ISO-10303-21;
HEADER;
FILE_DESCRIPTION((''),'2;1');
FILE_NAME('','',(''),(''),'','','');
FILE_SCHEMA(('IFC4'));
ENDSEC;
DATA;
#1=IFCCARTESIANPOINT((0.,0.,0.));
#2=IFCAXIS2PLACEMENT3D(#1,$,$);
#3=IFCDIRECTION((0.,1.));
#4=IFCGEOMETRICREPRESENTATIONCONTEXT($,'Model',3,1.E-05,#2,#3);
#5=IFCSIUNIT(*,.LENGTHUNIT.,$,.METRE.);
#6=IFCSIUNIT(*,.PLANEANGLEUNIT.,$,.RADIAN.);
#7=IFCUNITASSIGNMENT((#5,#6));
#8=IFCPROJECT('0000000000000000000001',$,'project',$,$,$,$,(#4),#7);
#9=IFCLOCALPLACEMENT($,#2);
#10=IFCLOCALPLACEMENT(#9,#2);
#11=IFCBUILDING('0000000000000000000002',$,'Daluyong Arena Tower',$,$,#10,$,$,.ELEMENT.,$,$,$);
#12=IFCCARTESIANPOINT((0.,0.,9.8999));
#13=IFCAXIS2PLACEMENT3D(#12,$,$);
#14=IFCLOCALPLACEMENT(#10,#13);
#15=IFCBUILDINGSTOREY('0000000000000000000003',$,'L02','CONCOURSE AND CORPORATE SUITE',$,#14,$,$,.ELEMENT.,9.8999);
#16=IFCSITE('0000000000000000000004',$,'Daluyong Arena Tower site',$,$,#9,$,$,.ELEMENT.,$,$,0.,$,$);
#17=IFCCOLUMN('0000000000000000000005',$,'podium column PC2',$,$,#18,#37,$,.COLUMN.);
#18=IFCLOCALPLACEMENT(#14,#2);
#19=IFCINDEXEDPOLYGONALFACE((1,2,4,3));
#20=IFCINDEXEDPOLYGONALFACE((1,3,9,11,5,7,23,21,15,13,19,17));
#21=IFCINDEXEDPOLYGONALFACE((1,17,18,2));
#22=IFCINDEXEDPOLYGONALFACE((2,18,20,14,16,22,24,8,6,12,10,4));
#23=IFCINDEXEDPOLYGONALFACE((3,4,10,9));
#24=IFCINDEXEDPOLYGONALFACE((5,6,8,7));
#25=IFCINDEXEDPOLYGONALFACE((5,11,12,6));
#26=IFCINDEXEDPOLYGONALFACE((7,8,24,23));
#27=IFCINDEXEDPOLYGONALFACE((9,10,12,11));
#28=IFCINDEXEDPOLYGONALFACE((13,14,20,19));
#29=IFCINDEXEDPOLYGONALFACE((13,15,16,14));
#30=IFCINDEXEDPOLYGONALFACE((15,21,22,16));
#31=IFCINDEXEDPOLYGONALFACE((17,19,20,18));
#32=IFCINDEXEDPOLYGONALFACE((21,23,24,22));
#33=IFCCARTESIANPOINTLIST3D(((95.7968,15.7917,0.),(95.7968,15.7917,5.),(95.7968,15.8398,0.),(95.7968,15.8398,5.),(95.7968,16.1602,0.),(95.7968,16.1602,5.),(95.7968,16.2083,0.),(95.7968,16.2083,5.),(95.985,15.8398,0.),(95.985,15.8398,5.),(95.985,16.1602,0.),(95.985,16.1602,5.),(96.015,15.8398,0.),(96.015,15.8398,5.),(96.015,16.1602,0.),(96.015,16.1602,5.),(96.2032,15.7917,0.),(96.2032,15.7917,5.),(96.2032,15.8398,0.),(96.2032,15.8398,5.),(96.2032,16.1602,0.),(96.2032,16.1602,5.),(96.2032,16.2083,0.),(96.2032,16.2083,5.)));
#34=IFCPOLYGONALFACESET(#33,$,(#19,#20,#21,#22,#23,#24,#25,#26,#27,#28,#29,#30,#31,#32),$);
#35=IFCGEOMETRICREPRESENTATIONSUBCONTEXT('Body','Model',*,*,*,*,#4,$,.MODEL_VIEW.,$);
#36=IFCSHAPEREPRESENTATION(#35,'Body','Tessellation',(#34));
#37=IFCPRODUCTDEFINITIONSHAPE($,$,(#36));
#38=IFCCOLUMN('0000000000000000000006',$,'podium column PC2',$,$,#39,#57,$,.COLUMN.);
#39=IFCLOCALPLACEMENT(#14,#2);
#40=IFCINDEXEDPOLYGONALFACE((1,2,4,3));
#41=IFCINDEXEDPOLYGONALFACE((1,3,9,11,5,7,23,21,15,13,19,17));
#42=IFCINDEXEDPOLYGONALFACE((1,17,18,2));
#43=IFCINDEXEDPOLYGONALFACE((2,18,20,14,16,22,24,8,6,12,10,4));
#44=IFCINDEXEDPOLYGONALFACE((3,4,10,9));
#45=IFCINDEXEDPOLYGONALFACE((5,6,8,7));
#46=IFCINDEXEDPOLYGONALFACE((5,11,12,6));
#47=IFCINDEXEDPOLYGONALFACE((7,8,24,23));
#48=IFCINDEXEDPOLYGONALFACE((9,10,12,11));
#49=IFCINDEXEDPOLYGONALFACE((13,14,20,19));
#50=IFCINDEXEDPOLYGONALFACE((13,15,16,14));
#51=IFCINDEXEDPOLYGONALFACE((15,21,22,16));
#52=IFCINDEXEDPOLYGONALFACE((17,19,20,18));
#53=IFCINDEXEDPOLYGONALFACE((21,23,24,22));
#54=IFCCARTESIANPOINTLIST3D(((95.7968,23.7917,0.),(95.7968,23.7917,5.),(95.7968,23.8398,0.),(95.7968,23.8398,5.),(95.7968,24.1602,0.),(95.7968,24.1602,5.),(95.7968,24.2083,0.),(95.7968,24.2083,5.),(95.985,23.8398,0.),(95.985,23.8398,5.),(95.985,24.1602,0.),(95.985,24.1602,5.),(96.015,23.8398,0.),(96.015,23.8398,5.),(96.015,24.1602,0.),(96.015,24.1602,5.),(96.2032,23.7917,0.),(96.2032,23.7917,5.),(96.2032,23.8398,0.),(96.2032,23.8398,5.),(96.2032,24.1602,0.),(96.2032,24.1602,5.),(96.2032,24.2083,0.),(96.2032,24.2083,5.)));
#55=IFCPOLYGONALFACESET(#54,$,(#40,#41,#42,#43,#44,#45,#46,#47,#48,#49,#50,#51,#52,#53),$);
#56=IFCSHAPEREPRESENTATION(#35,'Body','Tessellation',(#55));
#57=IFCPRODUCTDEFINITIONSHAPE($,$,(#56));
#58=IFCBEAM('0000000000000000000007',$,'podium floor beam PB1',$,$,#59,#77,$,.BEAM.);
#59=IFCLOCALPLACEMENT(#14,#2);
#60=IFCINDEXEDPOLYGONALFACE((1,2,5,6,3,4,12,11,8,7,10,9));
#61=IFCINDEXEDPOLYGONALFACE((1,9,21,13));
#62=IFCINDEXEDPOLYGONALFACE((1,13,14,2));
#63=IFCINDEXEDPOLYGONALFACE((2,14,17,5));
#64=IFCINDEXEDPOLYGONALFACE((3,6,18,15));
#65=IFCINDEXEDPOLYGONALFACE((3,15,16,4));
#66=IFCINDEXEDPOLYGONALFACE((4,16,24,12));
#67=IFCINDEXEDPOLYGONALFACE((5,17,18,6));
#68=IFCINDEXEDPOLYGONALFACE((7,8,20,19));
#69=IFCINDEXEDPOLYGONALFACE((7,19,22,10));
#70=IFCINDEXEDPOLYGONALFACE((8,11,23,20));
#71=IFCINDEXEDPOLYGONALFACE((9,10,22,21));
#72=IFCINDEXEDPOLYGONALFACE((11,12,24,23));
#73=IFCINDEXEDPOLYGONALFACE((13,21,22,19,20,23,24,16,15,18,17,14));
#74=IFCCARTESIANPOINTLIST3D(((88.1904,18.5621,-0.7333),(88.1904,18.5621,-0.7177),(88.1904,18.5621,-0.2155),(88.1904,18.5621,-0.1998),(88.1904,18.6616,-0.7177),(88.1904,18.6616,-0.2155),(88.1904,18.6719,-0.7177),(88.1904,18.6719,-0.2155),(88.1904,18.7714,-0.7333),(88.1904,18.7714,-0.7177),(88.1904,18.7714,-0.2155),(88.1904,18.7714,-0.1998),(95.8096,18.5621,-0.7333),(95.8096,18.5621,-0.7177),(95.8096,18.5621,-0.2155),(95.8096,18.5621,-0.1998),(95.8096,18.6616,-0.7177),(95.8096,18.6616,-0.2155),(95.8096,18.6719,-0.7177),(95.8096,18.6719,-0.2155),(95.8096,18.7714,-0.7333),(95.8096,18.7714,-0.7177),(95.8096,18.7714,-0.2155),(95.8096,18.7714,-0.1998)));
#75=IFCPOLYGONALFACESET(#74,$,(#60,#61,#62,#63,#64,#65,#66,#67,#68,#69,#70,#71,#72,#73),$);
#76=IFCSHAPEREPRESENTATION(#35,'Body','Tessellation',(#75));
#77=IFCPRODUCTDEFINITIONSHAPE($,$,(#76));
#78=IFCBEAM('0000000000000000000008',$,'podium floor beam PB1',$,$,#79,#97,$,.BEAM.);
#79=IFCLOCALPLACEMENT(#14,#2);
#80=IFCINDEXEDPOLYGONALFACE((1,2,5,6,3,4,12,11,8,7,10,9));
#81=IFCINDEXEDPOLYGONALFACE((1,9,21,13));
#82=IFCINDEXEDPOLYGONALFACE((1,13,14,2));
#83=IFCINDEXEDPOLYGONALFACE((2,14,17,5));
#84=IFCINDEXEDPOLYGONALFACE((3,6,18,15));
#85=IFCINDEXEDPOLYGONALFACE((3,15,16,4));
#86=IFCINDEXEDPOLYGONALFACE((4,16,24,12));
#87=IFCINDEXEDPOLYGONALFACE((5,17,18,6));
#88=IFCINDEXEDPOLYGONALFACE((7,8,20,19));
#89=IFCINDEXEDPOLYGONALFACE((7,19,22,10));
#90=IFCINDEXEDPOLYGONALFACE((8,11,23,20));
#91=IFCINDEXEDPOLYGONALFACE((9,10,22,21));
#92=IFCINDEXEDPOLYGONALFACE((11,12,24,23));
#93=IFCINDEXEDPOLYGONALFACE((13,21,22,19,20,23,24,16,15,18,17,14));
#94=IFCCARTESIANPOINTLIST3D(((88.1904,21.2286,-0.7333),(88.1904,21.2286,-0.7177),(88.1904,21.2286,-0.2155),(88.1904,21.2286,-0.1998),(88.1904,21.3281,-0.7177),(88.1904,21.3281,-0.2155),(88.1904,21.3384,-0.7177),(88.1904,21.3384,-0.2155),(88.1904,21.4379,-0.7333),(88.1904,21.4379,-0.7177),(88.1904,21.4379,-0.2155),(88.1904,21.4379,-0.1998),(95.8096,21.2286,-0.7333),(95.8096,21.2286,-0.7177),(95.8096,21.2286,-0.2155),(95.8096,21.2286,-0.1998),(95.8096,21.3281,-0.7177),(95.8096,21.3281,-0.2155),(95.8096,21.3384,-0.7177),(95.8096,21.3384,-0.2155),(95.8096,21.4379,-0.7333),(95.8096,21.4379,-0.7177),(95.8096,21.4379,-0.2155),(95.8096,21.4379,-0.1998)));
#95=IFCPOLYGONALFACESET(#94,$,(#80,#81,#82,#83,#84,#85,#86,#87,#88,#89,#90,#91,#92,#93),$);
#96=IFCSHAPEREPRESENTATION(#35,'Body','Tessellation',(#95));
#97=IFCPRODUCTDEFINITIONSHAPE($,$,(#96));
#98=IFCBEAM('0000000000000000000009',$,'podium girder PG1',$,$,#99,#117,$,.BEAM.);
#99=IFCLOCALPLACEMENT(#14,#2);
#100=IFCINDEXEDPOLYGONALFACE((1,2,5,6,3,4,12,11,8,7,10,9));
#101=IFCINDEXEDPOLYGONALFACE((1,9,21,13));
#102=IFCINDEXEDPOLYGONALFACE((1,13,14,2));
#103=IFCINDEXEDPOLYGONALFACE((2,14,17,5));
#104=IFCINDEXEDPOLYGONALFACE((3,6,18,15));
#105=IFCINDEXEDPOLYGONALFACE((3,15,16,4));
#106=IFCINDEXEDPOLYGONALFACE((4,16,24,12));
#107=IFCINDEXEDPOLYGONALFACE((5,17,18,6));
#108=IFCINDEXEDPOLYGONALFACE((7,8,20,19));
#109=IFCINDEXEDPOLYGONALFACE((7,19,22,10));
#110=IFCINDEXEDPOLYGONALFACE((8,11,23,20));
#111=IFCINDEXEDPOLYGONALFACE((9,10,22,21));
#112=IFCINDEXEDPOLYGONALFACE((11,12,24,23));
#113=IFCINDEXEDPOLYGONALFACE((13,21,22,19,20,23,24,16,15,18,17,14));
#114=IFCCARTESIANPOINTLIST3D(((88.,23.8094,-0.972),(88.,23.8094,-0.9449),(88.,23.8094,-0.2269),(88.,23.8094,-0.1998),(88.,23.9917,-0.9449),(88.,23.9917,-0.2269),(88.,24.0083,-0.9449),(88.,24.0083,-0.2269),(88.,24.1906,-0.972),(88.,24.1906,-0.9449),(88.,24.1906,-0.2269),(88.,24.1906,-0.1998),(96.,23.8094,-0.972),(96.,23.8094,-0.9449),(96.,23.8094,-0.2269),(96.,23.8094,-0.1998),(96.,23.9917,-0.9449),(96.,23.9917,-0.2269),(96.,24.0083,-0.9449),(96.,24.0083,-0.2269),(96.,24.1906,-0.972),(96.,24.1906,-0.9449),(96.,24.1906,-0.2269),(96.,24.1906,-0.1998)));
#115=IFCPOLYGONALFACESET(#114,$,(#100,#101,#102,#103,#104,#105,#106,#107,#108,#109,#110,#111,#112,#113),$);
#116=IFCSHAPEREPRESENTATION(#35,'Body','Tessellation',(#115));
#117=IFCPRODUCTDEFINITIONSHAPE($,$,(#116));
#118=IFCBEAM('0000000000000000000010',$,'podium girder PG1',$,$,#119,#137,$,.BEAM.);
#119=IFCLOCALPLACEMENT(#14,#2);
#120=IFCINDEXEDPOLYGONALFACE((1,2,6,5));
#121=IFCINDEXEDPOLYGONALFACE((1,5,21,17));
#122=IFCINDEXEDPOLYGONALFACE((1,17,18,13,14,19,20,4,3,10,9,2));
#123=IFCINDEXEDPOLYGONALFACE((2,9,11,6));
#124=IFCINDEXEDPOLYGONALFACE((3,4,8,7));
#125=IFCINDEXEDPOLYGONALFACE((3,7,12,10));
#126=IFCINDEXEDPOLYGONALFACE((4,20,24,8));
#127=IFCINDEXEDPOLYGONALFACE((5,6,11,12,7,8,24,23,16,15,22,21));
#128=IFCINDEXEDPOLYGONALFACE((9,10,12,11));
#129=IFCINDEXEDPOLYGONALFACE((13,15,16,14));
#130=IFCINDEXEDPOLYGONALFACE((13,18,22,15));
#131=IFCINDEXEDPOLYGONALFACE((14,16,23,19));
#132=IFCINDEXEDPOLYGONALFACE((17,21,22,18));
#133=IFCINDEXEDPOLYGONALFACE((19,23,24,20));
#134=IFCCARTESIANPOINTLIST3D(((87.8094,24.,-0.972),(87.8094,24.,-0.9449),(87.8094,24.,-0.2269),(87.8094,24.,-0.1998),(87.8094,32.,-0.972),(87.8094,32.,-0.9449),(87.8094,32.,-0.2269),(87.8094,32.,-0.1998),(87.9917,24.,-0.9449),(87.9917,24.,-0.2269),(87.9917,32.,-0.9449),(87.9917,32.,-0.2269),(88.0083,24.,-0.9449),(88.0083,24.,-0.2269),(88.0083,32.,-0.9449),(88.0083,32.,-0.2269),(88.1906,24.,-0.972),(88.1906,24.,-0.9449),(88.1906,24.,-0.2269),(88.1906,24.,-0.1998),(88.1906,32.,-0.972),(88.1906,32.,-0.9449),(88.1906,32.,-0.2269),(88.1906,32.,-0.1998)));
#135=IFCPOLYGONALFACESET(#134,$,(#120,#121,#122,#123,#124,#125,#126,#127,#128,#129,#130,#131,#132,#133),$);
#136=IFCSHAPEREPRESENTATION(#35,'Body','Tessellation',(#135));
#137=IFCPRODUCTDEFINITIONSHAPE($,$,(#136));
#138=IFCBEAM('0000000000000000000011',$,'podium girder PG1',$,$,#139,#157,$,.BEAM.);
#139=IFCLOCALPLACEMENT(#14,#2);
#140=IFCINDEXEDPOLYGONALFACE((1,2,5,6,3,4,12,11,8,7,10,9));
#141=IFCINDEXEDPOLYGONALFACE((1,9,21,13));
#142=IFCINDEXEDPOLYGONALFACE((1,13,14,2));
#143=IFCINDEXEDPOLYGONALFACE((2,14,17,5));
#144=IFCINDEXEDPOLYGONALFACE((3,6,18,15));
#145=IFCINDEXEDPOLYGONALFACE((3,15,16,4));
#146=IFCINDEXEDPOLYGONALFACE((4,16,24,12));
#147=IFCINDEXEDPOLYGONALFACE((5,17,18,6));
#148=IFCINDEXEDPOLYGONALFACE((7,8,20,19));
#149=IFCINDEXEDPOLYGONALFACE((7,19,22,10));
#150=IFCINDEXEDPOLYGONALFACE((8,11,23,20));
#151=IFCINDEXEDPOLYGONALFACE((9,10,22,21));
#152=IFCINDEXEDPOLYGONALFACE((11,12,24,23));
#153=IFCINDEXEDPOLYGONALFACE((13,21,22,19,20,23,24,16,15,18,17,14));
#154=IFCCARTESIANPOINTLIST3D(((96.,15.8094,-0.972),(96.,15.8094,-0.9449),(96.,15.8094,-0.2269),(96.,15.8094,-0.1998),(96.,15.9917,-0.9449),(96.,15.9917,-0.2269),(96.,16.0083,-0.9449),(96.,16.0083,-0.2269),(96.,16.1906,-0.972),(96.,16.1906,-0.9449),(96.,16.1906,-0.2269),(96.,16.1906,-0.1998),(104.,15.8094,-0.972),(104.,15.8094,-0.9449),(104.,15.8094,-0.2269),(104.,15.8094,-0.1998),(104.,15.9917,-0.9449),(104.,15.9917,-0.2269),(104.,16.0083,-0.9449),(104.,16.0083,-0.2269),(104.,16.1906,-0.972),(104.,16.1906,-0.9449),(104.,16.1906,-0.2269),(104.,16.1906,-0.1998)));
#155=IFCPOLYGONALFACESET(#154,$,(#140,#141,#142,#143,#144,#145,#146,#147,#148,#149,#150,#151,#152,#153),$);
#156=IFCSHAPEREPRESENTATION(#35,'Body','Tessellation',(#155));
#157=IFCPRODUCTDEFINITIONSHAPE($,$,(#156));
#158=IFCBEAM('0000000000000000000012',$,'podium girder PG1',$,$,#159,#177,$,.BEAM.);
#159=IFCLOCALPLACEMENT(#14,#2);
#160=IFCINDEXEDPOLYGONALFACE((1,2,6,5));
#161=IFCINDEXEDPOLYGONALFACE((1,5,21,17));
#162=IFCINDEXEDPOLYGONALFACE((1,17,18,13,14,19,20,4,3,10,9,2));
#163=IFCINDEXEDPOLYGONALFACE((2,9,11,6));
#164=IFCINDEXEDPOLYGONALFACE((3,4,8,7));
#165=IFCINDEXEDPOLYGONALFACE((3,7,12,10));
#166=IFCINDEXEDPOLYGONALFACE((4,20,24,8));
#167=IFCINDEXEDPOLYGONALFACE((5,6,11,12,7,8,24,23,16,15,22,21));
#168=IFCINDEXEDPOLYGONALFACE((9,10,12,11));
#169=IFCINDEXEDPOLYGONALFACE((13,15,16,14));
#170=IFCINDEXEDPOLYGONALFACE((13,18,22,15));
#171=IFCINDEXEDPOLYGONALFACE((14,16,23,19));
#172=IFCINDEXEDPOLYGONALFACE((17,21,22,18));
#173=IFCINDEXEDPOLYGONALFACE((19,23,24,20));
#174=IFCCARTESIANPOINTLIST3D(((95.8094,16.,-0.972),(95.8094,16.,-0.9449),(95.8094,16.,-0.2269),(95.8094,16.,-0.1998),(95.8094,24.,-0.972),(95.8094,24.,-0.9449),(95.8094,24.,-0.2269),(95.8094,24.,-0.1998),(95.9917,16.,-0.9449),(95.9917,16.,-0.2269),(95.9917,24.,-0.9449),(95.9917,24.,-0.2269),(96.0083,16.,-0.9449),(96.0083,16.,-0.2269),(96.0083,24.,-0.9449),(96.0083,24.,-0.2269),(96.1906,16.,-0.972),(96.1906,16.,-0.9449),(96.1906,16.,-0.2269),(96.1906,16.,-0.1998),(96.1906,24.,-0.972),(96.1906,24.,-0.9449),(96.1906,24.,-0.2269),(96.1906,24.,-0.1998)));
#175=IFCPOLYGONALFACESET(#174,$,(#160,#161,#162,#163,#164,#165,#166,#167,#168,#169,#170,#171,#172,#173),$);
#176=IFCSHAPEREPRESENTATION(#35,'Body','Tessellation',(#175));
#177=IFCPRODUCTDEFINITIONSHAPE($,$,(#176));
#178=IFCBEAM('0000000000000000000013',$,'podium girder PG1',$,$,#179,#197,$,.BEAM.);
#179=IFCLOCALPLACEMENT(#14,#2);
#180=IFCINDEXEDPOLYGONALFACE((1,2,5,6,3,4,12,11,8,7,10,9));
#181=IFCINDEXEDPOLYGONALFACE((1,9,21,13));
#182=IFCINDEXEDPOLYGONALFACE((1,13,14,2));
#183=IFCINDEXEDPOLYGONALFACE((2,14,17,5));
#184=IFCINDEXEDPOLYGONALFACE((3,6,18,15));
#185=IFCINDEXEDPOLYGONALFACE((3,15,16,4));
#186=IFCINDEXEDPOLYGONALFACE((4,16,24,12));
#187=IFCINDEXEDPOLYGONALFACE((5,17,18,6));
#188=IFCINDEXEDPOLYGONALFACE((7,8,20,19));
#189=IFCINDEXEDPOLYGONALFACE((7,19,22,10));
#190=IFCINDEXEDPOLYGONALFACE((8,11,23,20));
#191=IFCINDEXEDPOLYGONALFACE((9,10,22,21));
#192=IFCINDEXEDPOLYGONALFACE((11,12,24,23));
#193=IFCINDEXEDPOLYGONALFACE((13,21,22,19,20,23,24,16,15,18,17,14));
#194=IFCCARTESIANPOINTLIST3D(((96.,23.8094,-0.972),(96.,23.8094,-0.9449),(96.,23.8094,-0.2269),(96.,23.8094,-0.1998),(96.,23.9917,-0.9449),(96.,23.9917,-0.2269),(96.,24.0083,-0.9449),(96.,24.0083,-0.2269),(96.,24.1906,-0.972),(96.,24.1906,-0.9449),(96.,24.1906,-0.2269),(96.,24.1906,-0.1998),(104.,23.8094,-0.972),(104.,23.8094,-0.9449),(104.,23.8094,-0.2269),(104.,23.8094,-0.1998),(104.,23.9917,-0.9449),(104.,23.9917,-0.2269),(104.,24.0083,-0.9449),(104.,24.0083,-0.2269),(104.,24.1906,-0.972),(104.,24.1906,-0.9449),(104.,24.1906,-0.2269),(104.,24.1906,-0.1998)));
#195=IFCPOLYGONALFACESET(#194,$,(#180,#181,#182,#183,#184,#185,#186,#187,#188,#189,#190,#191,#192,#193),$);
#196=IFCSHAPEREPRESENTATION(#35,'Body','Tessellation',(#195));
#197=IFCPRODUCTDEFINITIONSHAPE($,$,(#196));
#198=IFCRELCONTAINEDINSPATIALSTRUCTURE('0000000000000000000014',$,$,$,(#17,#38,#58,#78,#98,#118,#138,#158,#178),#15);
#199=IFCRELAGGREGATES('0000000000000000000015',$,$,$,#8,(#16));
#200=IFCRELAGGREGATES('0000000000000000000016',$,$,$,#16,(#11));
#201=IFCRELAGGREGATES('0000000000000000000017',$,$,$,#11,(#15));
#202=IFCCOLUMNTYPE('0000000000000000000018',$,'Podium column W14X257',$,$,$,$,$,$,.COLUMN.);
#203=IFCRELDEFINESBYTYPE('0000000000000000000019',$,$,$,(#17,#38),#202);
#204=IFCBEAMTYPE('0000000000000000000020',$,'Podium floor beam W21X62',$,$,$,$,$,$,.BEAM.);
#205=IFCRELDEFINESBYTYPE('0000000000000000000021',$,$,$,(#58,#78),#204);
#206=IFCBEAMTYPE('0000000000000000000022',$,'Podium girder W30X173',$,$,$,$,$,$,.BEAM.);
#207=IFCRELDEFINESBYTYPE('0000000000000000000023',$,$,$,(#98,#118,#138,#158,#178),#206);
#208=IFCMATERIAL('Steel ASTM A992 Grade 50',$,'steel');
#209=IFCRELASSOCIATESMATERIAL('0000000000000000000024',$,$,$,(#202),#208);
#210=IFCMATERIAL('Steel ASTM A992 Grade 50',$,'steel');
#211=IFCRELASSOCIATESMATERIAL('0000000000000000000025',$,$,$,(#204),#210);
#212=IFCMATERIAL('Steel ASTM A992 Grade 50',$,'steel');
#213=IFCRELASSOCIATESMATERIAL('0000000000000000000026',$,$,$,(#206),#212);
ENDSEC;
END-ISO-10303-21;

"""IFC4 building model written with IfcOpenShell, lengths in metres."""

from ifc_helpers import new_model, si_unit, direction, frame, origin, origin_2d, place, context, subcontext, project, spatial, i_section, extrude, material, material_profile, profile_set, type_object, element, save


model = new_model("IFC4")

# Units and contexts
model_context = context("Model", 3, precision=1e-05, world=origin(), true_north=direction((0.0, 1.0)))
body_context = subcontext(model_context, "Body", "Model", "MODEL_VIEW")
ifc_project = project(units=[si_unit("LENGTHUNIT", "METRE"), si_unit("PLANEANGLEUNIT", "RADIAN")], contexts=[model_context])

# Site, building, storey
site_placement = place(None, origin())
site = spatial("IfcSite", under=ifc_project, at=site_placement, Name="Daluyong Arena Tower site", CompositionType="ELEMENT", RefElevation=0.0)
building_placement = place(site_placement, origin())
building = spatial("IfcBuilding", under=site, at=building_placement, Name="Daluyong Arena Tower", CompositionType="ELEMENT")
storey_placement = place(building_placement, frame((0.0, 0.0, 9.8999)))
storey = spatial("IfcBuildingStorey", under=building, at=storey_placement, Name="L02", Description="CONCOURSE AND CORPORATE SUITE", CompositionType="ELEMENT", Elevation=9.8999)

# Columns
ifc_material_1 = material(Name="Steel ASTM A992 Grade 50", Category="steel")
ifc_material_profile_1 = material_profile(ifc_material_1, i_section(OverallWidth=0.4065, OverallDepth=0.4165, WebThickness=0.03, FlangeThickness=0.0481, at=origin_2d()))
ifc_profile_set_1 = profile_set([ifc_material_profile_1], Name="Steel ASTM A992 Grade 50")
column_type = type_object("IfcColumnType", Name="Podium column W14X257", PredefinedType="COLUMN", material=ifc_profile_set_1)
for number, where, z_axis, x_axis, name in (
    (1, (96.0, 16.0, 0.0), (0.0, 0.0, 1.0), (1.0, 0.0, 0.0), "podium column PC2"),
    (2, (96.0, 24.0, 0.0), (0.0, 0.0, 1.0), (1.0, 0.0, 0.0), "podium column PC2"),
):
    element("IfcColumn", number, at=place(storey_placement, frame(where, z_axis=z_axis, x_axis=x_axis)), inside=storey, type_object=column_type, Name=name, PredefinedType="COLUMN", context=body_context, shape_type="SweptSolid", body=[
        extrude(i_section(OverallWidth=0.4065, OverallDepth=0.4165, WebThickness=0.03, FlangeThickness=0.0481, at=origin_2d()), origin(), (0.0, 0.0, 1.0), 5.0),
    ])

# Beams
ifc_material_2 = material(Name="Steel ASTM A992 Grade 50", Category="steel")
ifc_material_profile_2 = material_profile(ifc_material_2, i_section(OverallWidth=0.2092, OverallDepth=0.5334, WebThickness=0.0103, FlangeThickness=0.0156, at=origin_2d()))
ifc_profile_set_2 = profile_set([ifc_material_profile_2], Name="Steel ASTM A992 Grade 50")
beam_type_1 = type_object("IfcBeamType", Name="Podium floor beam W21X62", PredefinedType="BEAM", material=ifc_profile_set_2)
for number, where, z_axis, x_axis, name in (
    (3, (88.1904, 18.6667, -0.4666), (1.0, 0.0, 0.0), (0.0, 1.0, 0.0), "podium floor beam PB1"),
    (4, (88.1904, 21.3333, -0.4666), (1.0, 0.0, 0.0), (0.0, 1.0, 0.0), "podium floor beam PB1"),
):
    element("IfcBeam", number, at=place(storey_placement, frame(where, z_axis=z_axis, x_axis=x_axis)), inside=storey, type_object=beam_type_1, Name=name, PredefinedType="BEAM", context=body_context, shape_type="SweptSolid", body=[
        extrude(i_section(OverallWidth=0.2092, OverallDepth=0.5334, WebThickness=0.0103, FlangeThickness=0.0156, at=origin_2d()), origin(), (0.0, 0.0, 1.0), 7.6191),
    ])
ifc_material_3 = material(Name="Steel ASTM A992 Grade 50", Category="steel")
ifc_material_profile_3 = material_profile(ifc_material_3, i_section(OverallWidth=0.3811, OverallDepth=0.7722, WebThickness=0.0166, FlangeThickness=0.0271, at=origin_2d()))
ifc_profile_set_3 = profile_set([ifc_material_profile_3], Name="Steel ASTM A992 Grade 50")
beam_type_2 = type_object("IfcBeamType", Name="Podium girder W30X173", PredefinedType="BEAM", material=ifc_profile_set_3)
for number, where, z_axis, x_axis, name in (
    (5, (88.0, 24.0, -0.5859), (1.0, 0.0, 0.0), (0.0, 1.0, 0.0), "podium girder PG1"),
    (6, (88.0, 24.0, -0.5859), (0.0, 1.0, 0.0), (-1.0, 0.0, 0.0), "podium girder PG1"),
    (7, (96.0, 16.0, -0.5859), (1.0, 0.0, 0.0), (0.0, 1.0, 0.0), "podium girder PG1"),
    (8, (96.0, 16.0, -0.5859), (0.0, 1.0, 0.0), (-1.0, 0.0, 0.0), "podium girder PG1"),
    (9, (96.0, 24.0, -0.5859), (1.0, 0.0, 0.0), (0.0, 1.0, 0.0), "podium girder PG1"),
):
    element("IfcBeam", number, at=place(storey_placement, frame(where, z_axis=z_axis, x_axis=x_axis)), inside=storey, type_object=beam_type_2, Name=name, PredefinedType="BEAM", context=body_context, shape_type="SweptSolid", body=[
        extrude(i_section(OverallWidth=0.3811, OverallDepth=0.7722, WebThickness=0.0166, FlangeThickness=0.0271, at=origin_2d()), origin(), (0.0, 0.0, 1.0), 8.0),
    ])

save(model, "model.ifc")
